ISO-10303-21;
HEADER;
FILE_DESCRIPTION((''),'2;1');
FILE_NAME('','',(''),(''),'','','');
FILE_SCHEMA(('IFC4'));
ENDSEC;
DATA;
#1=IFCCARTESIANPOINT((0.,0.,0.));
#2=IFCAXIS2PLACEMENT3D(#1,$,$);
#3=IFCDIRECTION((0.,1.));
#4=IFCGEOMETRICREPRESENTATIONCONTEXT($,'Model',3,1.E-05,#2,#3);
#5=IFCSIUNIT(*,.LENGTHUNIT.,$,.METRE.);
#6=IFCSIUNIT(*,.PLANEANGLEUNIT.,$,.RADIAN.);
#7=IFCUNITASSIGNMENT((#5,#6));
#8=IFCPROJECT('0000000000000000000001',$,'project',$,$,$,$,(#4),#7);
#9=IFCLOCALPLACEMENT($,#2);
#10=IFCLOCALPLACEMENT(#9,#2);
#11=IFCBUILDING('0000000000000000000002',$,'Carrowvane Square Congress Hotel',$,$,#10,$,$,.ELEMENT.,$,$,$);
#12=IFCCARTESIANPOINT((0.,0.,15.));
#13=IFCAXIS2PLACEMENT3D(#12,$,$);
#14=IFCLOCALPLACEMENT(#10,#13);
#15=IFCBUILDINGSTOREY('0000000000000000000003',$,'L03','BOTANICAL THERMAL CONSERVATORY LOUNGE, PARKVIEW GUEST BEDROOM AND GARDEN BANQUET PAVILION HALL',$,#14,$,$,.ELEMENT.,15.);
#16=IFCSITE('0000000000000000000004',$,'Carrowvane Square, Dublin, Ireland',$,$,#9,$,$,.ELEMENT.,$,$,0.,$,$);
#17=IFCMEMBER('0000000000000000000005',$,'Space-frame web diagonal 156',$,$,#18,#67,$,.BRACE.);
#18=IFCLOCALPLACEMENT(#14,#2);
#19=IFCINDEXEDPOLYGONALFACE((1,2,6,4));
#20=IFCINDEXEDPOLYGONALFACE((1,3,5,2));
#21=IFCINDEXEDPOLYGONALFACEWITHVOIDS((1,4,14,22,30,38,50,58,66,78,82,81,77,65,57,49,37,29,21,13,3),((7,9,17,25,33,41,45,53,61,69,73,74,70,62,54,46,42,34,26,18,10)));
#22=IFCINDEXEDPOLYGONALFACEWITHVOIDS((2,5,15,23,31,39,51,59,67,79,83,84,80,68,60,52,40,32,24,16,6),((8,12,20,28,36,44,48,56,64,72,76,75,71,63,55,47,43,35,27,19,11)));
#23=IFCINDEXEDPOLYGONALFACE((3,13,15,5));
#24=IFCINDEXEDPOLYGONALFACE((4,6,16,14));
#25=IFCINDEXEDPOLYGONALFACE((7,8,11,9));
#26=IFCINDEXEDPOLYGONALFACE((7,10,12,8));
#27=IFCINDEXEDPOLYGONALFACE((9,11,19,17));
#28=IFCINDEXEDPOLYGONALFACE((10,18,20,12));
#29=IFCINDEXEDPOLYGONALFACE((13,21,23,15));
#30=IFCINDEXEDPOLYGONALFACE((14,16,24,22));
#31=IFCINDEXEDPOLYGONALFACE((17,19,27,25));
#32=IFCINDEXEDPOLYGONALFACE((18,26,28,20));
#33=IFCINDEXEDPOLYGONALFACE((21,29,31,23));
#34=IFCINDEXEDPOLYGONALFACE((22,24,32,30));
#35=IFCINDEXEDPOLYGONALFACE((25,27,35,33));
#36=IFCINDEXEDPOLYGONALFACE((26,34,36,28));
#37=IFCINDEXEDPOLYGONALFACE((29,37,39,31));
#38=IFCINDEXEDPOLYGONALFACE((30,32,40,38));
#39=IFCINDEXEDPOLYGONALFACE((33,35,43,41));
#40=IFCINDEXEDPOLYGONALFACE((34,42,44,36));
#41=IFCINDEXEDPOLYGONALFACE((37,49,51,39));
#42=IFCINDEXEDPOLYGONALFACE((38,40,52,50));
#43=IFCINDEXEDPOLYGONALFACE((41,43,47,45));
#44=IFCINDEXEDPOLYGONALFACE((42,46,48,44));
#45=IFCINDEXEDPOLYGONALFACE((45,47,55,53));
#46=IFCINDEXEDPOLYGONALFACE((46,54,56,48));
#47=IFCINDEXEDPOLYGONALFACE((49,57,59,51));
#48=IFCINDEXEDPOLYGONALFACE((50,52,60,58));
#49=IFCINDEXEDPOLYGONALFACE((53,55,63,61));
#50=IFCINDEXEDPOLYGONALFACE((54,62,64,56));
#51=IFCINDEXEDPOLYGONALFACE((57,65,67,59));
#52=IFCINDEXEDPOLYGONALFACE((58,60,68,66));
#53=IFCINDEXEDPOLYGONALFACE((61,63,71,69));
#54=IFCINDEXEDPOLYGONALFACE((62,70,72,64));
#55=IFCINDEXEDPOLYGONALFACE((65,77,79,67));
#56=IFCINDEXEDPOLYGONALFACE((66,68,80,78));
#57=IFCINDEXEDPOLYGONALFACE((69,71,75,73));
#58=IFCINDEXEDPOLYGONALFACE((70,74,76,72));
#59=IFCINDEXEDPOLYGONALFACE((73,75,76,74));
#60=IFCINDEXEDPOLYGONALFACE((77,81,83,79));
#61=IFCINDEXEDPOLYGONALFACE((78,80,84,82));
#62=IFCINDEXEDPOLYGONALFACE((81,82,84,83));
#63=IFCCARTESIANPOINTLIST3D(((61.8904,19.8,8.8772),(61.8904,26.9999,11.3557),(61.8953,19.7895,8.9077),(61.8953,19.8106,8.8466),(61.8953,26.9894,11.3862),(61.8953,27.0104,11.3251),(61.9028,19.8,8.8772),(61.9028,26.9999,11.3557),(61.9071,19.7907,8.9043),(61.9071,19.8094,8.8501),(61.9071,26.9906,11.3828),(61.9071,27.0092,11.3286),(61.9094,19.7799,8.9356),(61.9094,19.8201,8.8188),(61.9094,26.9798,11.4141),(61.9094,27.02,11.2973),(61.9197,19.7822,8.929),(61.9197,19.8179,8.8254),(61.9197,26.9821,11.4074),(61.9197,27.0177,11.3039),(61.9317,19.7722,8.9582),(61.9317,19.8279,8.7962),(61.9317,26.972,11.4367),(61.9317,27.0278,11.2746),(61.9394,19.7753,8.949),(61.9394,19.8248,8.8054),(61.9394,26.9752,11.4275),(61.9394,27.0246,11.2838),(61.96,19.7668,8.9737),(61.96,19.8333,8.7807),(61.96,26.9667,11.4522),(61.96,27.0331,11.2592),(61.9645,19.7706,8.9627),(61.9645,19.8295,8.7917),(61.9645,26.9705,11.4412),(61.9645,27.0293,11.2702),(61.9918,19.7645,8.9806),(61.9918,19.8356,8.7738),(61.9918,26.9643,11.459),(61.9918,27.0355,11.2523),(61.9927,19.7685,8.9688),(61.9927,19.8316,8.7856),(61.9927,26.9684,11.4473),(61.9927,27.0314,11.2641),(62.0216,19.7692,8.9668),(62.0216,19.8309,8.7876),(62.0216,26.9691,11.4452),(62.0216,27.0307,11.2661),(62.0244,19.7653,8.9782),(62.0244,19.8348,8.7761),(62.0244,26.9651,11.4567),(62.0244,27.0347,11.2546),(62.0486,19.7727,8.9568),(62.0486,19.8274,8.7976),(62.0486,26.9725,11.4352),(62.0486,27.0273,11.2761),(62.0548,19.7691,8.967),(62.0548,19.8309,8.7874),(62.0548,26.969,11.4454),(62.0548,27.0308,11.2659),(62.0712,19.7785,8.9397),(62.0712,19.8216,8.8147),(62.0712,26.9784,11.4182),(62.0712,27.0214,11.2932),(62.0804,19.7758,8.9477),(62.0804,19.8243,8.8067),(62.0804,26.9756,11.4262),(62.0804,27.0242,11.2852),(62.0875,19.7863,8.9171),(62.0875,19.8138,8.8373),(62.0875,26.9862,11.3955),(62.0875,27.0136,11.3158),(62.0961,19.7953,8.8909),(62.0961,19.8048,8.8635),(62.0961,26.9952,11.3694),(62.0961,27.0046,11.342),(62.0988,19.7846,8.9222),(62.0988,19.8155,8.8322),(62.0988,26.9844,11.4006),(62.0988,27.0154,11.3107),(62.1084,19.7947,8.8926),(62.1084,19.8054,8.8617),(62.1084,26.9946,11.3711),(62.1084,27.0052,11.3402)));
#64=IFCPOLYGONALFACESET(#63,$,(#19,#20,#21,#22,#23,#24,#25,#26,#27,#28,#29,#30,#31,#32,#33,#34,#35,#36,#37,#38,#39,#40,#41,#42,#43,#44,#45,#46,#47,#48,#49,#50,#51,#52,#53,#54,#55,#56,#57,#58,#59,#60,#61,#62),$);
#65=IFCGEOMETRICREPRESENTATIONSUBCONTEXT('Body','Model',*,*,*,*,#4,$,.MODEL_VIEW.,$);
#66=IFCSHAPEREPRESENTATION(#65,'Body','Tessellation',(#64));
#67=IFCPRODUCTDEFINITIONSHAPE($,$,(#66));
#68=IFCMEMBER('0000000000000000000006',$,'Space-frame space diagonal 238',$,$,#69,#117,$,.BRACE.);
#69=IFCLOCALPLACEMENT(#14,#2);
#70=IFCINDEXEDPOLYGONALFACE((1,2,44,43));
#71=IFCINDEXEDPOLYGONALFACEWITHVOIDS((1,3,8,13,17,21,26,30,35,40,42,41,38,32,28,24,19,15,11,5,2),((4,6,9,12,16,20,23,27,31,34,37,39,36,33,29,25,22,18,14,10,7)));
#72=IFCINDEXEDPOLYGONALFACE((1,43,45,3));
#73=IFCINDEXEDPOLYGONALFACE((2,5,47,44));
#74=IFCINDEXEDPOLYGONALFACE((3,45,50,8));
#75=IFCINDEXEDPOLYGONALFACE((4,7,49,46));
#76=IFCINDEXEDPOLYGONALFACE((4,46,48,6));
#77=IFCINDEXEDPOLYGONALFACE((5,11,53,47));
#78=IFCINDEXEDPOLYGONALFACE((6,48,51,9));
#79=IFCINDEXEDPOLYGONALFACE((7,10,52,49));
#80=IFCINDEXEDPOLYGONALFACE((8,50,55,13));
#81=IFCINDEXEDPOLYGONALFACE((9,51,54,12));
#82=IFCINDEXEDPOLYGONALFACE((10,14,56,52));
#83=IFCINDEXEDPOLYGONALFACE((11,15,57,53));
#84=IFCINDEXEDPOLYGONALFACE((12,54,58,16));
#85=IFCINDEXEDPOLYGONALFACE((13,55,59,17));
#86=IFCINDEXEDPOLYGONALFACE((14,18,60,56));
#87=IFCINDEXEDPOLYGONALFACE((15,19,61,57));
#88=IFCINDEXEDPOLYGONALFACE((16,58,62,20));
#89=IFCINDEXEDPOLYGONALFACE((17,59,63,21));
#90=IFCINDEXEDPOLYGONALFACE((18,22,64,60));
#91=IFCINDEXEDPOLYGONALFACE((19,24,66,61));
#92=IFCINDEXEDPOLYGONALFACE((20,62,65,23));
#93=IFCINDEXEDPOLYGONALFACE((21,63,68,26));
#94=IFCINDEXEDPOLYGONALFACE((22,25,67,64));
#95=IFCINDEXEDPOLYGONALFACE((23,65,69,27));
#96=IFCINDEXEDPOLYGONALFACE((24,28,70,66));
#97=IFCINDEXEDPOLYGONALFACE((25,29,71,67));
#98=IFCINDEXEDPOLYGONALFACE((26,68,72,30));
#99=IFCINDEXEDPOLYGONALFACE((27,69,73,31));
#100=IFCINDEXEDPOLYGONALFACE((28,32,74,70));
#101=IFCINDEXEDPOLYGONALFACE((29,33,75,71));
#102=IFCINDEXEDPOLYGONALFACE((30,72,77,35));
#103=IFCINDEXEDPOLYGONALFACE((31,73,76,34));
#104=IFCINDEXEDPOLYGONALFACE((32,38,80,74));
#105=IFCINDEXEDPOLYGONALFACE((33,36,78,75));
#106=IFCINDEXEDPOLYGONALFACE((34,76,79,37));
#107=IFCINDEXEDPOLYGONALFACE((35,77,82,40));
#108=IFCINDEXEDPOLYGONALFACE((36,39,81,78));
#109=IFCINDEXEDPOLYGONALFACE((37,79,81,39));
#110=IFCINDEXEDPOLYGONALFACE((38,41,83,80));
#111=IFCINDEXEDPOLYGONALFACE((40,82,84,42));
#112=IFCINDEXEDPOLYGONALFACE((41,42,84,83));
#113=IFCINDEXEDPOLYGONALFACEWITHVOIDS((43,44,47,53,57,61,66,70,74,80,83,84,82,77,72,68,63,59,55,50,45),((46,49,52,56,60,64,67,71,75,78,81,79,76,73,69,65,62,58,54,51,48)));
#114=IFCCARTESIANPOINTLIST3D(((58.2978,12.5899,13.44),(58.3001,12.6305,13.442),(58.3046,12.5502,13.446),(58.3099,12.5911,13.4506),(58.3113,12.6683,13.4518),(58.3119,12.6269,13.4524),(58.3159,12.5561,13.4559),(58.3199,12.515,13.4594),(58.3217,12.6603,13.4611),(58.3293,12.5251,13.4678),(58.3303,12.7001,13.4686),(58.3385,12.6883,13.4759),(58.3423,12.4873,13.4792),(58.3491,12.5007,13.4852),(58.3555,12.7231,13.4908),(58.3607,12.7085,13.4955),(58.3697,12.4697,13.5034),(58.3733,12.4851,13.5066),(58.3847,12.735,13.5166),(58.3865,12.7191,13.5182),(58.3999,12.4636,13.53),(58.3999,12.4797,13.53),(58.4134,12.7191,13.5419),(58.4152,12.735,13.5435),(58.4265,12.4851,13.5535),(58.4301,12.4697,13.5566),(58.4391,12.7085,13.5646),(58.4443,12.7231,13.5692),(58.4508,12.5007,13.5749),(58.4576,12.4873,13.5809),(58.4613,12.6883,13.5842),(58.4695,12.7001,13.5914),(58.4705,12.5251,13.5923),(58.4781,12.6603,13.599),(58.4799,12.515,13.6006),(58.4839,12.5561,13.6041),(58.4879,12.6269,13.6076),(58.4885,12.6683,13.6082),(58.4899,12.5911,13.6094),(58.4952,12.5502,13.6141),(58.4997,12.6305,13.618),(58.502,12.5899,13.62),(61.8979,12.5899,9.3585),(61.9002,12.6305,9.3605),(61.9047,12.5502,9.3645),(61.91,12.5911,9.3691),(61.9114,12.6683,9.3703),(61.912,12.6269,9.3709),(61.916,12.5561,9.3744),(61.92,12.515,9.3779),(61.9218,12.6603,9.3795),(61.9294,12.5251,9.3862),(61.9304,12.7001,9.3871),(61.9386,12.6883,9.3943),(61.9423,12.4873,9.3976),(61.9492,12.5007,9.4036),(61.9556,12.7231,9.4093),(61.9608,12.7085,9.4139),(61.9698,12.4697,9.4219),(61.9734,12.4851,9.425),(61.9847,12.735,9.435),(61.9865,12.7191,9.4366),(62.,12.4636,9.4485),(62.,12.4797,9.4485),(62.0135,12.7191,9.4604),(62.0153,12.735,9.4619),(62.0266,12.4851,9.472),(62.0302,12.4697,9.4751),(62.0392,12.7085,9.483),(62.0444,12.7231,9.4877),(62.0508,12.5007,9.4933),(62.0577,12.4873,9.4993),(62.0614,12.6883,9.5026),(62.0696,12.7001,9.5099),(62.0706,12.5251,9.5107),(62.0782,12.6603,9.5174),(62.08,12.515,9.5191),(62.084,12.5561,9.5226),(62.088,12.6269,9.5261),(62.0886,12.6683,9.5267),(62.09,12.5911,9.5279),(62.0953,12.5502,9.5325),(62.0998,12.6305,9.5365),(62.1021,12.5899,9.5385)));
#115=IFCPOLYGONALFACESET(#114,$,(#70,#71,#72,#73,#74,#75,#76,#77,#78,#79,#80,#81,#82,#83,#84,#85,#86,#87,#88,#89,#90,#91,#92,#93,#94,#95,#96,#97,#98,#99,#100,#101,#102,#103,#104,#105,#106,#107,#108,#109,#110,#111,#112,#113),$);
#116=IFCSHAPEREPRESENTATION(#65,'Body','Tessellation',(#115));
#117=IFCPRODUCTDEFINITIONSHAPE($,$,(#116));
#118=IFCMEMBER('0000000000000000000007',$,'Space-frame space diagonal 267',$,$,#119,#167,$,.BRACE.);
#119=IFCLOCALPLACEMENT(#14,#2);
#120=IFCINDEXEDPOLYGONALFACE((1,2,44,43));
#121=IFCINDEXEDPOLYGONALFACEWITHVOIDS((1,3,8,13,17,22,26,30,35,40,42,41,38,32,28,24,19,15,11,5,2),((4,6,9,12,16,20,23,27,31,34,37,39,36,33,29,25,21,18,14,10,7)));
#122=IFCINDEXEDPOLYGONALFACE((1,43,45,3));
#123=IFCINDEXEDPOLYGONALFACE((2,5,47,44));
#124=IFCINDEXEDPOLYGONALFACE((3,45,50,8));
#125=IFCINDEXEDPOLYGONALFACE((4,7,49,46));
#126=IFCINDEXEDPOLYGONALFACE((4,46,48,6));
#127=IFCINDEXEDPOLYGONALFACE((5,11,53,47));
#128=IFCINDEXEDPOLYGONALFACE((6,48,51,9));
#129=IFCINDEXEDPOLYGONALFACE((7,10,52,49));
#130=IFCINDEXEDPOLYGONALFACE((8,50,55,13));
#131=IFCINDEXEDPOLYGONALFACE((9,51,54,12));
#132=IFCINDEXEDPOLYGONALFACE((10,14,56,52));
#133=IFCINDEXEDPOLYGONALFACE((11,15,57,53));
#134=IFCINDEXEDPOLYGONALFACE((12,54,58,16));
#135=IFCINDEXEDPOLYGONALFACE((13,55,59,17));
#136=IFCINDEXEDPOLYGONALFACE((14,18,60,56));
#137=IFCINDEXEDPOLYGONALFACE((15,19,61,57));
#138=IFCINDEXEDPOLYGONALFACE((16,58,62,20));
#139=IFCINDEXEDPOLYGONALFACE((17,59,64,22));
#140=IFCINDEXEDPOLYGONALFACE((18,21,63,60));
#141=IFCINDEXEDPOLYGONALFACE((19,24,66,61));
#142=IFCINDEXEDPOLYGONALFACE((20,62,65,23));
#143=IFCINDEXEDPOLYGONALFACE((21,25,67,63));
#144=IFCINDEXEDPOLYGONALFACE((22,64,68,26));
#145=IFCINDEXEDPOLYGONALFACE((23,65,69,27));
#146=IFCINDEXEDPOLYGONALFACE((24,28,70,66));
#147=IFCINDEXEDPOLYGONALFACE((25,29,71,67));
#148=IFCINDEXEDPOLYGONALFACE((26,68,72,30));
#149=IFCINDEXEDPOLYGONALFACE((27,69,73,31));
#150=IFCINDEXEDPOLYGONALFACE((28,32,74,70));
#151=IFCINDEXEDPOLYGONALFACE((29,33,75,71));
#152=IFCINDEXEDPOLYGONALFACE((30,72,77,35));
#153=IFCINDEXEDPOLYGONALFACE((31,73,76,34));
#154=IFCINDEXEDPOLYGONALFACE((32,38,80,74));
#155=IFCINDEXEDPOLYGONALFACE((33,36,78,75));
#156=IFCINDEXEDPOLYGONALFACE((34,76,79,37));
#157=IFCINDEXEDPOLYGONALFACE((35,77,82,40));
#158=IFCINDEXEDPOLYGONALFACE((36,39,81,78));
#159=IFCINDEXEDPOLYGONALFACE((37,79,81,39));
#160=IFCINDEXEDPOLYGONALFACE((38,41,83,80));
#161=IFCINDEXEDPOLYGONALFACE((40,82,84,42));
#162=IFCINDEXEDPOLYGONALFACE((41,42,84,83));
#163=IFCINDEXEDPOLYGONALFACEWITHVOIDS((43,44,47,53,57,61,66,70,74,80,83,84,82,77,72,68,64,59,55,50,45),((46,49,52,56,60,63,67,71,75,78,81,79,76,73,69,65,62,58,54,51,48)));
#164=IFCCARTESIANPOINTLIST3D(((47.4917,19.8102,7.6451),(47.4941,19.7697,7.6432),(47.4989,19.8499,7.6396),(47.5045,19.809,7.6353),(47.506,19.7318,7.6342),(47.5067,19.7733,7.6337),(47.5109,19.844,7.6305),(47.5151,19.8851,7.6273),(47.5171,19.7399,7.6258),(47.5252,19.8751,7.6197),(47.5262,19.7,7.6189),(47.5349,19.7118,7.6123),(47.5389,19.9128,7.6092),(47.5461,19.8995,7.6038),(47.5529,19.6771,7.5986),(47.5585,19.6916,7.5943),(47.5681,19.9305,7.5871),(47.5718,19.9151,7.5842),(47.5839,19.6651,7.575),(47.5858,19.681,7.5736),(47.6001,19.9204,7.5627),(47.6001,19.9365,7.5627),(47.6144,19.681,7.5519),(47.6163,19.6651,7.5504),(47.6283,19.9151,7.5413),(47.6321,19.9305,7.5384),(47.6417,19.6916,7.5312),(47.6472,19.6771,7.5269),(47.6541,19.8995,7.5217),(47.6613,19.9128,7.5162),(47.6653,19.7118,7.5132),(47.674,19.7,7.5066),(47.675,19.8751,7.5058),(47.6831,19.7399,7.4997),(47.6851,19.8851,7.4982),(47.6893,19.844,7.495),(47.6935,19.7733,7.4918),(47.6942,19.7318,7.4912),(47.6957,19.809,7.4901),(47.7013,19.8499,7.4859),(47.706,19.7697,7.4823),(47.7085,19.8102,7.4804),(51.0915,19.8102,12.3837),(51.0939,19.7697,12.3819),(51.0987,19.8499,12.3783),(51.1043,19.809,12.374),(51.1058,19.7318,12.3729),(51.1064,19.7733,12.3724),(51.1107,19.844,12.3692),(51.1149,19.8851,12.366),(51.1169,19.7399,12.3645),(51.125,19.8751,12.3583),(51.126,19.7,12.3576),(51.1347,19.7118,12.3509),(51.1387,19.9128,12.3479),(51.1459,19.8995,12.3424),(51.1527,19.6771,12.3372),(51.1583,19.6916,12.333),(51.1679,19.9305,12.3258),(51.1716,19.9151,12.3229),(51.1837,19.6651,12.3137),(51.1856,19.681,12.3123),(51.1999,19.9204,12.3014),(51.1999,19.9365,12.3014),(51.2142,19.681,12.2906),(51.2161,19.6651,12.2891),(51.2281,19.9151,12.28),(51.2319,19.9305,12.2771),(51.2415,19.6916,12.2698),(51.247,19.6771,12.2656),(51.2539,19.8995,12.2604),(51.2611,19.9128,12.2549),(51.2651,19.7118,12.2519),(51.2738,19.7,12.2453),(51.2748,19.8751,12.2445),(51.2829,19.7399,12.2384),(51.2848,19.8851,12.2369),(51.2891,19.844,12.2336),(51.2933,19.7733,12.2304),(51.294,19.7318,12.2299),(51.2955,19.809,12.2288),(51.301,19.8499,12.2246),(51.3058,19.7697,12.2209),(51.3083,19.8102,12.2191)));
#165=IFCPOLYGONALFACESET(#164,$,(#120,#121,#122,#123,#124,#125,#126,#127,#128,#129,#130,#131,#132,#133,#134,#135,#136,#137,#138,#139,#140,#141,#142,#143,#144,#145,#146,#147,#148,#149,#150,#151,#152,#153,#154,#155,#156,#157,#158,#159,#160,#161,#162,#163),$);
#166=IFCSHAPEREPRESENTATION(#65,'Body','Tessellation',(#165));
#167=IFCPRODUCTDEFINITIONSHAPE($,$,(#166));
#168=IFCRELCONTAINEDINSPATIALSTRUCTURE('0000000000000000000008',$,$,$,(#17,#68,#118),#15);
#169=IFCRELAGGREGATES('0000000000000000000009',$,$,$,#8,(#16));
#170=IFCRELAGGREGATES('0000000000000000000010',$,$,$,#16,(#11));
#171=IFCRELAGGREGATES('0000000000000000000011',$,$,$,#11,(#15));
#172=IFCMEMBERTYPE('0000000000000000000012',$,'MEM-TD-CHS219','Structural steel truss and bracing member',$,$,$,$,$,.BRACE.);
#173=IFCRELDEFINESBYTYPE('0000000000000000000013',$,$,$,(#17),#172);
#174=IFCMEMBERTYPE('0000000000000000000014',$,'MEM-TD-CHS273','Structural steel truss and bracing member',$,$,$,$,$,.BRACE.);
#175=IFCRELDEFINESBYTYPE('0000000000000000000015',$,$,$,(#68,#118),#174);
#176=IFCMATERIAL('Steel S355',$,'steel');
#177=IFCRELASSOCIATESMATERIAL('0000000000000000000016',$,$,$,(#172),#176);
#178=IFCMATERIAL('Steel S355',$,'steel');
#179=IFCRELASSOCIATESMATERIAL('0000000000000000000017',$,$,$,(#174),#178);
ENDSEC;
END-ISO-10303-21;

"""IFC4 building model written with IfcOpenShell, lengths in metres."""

from ifc_helpers import new_model, si_unit, direction, frame, origin, origin_2d, place, context, subcontext, project, spatial, hollow_circle, extrude, material, material_profile, profile_set, type_object, element, save


model = new_model("IFC4")

# Units and contexts
model_context = context("Model", 3, precision=1e-05, world=origin(), true_north=direction((0.0, 1.0)))
body_context = subcontext(model_context, "Body", "Model", "MODEL_VIEW")
ifc_project = project(units=[si_unit("LENGTHUNIT", "METRE"), si_unit("PLANEANGLEUNIT", "RADIAN")], contexts=[model_context])

# Site, building, storey
site_placement = place(None, origin())
site = spatial("IfcSite", under=ifc_project, at=site_placement, Name="Carrowvane Square, Dublin, Ireland", CompositionType="ELEMENT", RefElevation=0.0)
building_placement = place(site_placement, origin())
building = spatial("IfcBuilding", under=site, at=building_placement, Name="Carrowvane Square Congress Hotel", CompositionType="ELEMENT")
storey_placement = place(building_placement, frame((0.0, 0.0, 15.0)))
storey = spatial("IfcBuildingStorey", under=building, at=storey_placement, Name="L03", Description="BOTANICAL THERMAL CONSERVATORY LOUNGE, PARKVIEW GUEST BEDROOM AND GARDEN BANQUET PAVILION HALL", CompositionType="ELEMENT", Elevation=15.0)

# Members
ifc_material_1 = material(Name="Steel S355", Category="steel")
ifc_material_profile_1 = material_profile(ifc_material_1, hollow_circle(Radius=0.1096, WallThickness=0.0125, at=origin_2d()), Name="CHS 219.1x12.5")
ifc_profile_set_1 = profile_set([ifc_material_profile_1], Name="Steel S355")
member_type_1 = type_object("IfcMemberType", Name="MEM-TD-CHS219", Description="Structural steel truss and bracing member", PredefinedType="BRACE", material=ifc_profile_set_1)
member_1_placement = place(storey_placement, frame((62.0, 19.8, 8.8772), z_axis=(0.0, 0.945544, 0.325495), x_axis=(-1.0, 0.0, 0.0)))
element("IfcMember", 1, at=member_1_placement, inside=storey, type_object=member_type_1, Name="Space-frame web diagonal 156", PredefinedType="BRACE", context=body_context, shape_type="SweptSolid", body=[
    extrude(hollow_circle(Radius=0.1096, WallThickness=0.0125, at=origin_2d()), origin(), (0.0, 0.0, 1.0), 7.6145),
])
ifc_material_2 = material(Name="Steel S355", Category="steel")
ifc_material_profile_2 = material_profile(ifc_material_2, hollow_circle(Radius=0.1365, WallThickness=0.0161, at=origin_2d()), Name="CHS 273.0x16")
ifc_profile_set_2 = profile_set([ifc_material_profile_2], Name="Steel S355")
member_type_2 = type_object("IfcMemberType", Name="MEM-TD-CHS273", Description="Structural steel truss and bracing member", PredefinedType="BRACE", material=ifc_profile_set_2)
member_2_placement = place(storey_placement, frame((62.0, 12.6001, 9.4485), z_axis=(-0.661491, 0.0, 0.749953), x_axis=(0.0, -1.0, 0.0)))
element("IfcMember", 2, at=member_2_placement, inside=storey, type_object=member_type_2, Name="Space-frame space diagonal 238", PredefinedType="BRACE", context=body_context, shape_type="SweptSolid", body=[
    extrude(hollow_circle(Radius=0.1365, WallThickness=0.0161, at=origin_2d()), origin(), (0.0, 0.0, 1.0), 5.4424),
])
member_3_placement = place(storey_placement, frame((47.6001, 19.8, 7.5627), z_axis=(0.604912, 0.0, 0.796293), x_axis=(0.0, 1.0, 0.0)))
element("IfcMember", 3, at=member_3_placement, inside=storey, type_object=member_type_2, Name="Space-frame space diagonal 267", PredefinedType="BRACE", context=body_context, shape_type="SweptSolid", body=[
    extrude(hollow_circle(Radius=0.1365, WallThickness=0.0161, at=origin_2d()), origin(), (0.0, 0.0, 1.0), 5.9509),
])

save(model, "model.ifc")
